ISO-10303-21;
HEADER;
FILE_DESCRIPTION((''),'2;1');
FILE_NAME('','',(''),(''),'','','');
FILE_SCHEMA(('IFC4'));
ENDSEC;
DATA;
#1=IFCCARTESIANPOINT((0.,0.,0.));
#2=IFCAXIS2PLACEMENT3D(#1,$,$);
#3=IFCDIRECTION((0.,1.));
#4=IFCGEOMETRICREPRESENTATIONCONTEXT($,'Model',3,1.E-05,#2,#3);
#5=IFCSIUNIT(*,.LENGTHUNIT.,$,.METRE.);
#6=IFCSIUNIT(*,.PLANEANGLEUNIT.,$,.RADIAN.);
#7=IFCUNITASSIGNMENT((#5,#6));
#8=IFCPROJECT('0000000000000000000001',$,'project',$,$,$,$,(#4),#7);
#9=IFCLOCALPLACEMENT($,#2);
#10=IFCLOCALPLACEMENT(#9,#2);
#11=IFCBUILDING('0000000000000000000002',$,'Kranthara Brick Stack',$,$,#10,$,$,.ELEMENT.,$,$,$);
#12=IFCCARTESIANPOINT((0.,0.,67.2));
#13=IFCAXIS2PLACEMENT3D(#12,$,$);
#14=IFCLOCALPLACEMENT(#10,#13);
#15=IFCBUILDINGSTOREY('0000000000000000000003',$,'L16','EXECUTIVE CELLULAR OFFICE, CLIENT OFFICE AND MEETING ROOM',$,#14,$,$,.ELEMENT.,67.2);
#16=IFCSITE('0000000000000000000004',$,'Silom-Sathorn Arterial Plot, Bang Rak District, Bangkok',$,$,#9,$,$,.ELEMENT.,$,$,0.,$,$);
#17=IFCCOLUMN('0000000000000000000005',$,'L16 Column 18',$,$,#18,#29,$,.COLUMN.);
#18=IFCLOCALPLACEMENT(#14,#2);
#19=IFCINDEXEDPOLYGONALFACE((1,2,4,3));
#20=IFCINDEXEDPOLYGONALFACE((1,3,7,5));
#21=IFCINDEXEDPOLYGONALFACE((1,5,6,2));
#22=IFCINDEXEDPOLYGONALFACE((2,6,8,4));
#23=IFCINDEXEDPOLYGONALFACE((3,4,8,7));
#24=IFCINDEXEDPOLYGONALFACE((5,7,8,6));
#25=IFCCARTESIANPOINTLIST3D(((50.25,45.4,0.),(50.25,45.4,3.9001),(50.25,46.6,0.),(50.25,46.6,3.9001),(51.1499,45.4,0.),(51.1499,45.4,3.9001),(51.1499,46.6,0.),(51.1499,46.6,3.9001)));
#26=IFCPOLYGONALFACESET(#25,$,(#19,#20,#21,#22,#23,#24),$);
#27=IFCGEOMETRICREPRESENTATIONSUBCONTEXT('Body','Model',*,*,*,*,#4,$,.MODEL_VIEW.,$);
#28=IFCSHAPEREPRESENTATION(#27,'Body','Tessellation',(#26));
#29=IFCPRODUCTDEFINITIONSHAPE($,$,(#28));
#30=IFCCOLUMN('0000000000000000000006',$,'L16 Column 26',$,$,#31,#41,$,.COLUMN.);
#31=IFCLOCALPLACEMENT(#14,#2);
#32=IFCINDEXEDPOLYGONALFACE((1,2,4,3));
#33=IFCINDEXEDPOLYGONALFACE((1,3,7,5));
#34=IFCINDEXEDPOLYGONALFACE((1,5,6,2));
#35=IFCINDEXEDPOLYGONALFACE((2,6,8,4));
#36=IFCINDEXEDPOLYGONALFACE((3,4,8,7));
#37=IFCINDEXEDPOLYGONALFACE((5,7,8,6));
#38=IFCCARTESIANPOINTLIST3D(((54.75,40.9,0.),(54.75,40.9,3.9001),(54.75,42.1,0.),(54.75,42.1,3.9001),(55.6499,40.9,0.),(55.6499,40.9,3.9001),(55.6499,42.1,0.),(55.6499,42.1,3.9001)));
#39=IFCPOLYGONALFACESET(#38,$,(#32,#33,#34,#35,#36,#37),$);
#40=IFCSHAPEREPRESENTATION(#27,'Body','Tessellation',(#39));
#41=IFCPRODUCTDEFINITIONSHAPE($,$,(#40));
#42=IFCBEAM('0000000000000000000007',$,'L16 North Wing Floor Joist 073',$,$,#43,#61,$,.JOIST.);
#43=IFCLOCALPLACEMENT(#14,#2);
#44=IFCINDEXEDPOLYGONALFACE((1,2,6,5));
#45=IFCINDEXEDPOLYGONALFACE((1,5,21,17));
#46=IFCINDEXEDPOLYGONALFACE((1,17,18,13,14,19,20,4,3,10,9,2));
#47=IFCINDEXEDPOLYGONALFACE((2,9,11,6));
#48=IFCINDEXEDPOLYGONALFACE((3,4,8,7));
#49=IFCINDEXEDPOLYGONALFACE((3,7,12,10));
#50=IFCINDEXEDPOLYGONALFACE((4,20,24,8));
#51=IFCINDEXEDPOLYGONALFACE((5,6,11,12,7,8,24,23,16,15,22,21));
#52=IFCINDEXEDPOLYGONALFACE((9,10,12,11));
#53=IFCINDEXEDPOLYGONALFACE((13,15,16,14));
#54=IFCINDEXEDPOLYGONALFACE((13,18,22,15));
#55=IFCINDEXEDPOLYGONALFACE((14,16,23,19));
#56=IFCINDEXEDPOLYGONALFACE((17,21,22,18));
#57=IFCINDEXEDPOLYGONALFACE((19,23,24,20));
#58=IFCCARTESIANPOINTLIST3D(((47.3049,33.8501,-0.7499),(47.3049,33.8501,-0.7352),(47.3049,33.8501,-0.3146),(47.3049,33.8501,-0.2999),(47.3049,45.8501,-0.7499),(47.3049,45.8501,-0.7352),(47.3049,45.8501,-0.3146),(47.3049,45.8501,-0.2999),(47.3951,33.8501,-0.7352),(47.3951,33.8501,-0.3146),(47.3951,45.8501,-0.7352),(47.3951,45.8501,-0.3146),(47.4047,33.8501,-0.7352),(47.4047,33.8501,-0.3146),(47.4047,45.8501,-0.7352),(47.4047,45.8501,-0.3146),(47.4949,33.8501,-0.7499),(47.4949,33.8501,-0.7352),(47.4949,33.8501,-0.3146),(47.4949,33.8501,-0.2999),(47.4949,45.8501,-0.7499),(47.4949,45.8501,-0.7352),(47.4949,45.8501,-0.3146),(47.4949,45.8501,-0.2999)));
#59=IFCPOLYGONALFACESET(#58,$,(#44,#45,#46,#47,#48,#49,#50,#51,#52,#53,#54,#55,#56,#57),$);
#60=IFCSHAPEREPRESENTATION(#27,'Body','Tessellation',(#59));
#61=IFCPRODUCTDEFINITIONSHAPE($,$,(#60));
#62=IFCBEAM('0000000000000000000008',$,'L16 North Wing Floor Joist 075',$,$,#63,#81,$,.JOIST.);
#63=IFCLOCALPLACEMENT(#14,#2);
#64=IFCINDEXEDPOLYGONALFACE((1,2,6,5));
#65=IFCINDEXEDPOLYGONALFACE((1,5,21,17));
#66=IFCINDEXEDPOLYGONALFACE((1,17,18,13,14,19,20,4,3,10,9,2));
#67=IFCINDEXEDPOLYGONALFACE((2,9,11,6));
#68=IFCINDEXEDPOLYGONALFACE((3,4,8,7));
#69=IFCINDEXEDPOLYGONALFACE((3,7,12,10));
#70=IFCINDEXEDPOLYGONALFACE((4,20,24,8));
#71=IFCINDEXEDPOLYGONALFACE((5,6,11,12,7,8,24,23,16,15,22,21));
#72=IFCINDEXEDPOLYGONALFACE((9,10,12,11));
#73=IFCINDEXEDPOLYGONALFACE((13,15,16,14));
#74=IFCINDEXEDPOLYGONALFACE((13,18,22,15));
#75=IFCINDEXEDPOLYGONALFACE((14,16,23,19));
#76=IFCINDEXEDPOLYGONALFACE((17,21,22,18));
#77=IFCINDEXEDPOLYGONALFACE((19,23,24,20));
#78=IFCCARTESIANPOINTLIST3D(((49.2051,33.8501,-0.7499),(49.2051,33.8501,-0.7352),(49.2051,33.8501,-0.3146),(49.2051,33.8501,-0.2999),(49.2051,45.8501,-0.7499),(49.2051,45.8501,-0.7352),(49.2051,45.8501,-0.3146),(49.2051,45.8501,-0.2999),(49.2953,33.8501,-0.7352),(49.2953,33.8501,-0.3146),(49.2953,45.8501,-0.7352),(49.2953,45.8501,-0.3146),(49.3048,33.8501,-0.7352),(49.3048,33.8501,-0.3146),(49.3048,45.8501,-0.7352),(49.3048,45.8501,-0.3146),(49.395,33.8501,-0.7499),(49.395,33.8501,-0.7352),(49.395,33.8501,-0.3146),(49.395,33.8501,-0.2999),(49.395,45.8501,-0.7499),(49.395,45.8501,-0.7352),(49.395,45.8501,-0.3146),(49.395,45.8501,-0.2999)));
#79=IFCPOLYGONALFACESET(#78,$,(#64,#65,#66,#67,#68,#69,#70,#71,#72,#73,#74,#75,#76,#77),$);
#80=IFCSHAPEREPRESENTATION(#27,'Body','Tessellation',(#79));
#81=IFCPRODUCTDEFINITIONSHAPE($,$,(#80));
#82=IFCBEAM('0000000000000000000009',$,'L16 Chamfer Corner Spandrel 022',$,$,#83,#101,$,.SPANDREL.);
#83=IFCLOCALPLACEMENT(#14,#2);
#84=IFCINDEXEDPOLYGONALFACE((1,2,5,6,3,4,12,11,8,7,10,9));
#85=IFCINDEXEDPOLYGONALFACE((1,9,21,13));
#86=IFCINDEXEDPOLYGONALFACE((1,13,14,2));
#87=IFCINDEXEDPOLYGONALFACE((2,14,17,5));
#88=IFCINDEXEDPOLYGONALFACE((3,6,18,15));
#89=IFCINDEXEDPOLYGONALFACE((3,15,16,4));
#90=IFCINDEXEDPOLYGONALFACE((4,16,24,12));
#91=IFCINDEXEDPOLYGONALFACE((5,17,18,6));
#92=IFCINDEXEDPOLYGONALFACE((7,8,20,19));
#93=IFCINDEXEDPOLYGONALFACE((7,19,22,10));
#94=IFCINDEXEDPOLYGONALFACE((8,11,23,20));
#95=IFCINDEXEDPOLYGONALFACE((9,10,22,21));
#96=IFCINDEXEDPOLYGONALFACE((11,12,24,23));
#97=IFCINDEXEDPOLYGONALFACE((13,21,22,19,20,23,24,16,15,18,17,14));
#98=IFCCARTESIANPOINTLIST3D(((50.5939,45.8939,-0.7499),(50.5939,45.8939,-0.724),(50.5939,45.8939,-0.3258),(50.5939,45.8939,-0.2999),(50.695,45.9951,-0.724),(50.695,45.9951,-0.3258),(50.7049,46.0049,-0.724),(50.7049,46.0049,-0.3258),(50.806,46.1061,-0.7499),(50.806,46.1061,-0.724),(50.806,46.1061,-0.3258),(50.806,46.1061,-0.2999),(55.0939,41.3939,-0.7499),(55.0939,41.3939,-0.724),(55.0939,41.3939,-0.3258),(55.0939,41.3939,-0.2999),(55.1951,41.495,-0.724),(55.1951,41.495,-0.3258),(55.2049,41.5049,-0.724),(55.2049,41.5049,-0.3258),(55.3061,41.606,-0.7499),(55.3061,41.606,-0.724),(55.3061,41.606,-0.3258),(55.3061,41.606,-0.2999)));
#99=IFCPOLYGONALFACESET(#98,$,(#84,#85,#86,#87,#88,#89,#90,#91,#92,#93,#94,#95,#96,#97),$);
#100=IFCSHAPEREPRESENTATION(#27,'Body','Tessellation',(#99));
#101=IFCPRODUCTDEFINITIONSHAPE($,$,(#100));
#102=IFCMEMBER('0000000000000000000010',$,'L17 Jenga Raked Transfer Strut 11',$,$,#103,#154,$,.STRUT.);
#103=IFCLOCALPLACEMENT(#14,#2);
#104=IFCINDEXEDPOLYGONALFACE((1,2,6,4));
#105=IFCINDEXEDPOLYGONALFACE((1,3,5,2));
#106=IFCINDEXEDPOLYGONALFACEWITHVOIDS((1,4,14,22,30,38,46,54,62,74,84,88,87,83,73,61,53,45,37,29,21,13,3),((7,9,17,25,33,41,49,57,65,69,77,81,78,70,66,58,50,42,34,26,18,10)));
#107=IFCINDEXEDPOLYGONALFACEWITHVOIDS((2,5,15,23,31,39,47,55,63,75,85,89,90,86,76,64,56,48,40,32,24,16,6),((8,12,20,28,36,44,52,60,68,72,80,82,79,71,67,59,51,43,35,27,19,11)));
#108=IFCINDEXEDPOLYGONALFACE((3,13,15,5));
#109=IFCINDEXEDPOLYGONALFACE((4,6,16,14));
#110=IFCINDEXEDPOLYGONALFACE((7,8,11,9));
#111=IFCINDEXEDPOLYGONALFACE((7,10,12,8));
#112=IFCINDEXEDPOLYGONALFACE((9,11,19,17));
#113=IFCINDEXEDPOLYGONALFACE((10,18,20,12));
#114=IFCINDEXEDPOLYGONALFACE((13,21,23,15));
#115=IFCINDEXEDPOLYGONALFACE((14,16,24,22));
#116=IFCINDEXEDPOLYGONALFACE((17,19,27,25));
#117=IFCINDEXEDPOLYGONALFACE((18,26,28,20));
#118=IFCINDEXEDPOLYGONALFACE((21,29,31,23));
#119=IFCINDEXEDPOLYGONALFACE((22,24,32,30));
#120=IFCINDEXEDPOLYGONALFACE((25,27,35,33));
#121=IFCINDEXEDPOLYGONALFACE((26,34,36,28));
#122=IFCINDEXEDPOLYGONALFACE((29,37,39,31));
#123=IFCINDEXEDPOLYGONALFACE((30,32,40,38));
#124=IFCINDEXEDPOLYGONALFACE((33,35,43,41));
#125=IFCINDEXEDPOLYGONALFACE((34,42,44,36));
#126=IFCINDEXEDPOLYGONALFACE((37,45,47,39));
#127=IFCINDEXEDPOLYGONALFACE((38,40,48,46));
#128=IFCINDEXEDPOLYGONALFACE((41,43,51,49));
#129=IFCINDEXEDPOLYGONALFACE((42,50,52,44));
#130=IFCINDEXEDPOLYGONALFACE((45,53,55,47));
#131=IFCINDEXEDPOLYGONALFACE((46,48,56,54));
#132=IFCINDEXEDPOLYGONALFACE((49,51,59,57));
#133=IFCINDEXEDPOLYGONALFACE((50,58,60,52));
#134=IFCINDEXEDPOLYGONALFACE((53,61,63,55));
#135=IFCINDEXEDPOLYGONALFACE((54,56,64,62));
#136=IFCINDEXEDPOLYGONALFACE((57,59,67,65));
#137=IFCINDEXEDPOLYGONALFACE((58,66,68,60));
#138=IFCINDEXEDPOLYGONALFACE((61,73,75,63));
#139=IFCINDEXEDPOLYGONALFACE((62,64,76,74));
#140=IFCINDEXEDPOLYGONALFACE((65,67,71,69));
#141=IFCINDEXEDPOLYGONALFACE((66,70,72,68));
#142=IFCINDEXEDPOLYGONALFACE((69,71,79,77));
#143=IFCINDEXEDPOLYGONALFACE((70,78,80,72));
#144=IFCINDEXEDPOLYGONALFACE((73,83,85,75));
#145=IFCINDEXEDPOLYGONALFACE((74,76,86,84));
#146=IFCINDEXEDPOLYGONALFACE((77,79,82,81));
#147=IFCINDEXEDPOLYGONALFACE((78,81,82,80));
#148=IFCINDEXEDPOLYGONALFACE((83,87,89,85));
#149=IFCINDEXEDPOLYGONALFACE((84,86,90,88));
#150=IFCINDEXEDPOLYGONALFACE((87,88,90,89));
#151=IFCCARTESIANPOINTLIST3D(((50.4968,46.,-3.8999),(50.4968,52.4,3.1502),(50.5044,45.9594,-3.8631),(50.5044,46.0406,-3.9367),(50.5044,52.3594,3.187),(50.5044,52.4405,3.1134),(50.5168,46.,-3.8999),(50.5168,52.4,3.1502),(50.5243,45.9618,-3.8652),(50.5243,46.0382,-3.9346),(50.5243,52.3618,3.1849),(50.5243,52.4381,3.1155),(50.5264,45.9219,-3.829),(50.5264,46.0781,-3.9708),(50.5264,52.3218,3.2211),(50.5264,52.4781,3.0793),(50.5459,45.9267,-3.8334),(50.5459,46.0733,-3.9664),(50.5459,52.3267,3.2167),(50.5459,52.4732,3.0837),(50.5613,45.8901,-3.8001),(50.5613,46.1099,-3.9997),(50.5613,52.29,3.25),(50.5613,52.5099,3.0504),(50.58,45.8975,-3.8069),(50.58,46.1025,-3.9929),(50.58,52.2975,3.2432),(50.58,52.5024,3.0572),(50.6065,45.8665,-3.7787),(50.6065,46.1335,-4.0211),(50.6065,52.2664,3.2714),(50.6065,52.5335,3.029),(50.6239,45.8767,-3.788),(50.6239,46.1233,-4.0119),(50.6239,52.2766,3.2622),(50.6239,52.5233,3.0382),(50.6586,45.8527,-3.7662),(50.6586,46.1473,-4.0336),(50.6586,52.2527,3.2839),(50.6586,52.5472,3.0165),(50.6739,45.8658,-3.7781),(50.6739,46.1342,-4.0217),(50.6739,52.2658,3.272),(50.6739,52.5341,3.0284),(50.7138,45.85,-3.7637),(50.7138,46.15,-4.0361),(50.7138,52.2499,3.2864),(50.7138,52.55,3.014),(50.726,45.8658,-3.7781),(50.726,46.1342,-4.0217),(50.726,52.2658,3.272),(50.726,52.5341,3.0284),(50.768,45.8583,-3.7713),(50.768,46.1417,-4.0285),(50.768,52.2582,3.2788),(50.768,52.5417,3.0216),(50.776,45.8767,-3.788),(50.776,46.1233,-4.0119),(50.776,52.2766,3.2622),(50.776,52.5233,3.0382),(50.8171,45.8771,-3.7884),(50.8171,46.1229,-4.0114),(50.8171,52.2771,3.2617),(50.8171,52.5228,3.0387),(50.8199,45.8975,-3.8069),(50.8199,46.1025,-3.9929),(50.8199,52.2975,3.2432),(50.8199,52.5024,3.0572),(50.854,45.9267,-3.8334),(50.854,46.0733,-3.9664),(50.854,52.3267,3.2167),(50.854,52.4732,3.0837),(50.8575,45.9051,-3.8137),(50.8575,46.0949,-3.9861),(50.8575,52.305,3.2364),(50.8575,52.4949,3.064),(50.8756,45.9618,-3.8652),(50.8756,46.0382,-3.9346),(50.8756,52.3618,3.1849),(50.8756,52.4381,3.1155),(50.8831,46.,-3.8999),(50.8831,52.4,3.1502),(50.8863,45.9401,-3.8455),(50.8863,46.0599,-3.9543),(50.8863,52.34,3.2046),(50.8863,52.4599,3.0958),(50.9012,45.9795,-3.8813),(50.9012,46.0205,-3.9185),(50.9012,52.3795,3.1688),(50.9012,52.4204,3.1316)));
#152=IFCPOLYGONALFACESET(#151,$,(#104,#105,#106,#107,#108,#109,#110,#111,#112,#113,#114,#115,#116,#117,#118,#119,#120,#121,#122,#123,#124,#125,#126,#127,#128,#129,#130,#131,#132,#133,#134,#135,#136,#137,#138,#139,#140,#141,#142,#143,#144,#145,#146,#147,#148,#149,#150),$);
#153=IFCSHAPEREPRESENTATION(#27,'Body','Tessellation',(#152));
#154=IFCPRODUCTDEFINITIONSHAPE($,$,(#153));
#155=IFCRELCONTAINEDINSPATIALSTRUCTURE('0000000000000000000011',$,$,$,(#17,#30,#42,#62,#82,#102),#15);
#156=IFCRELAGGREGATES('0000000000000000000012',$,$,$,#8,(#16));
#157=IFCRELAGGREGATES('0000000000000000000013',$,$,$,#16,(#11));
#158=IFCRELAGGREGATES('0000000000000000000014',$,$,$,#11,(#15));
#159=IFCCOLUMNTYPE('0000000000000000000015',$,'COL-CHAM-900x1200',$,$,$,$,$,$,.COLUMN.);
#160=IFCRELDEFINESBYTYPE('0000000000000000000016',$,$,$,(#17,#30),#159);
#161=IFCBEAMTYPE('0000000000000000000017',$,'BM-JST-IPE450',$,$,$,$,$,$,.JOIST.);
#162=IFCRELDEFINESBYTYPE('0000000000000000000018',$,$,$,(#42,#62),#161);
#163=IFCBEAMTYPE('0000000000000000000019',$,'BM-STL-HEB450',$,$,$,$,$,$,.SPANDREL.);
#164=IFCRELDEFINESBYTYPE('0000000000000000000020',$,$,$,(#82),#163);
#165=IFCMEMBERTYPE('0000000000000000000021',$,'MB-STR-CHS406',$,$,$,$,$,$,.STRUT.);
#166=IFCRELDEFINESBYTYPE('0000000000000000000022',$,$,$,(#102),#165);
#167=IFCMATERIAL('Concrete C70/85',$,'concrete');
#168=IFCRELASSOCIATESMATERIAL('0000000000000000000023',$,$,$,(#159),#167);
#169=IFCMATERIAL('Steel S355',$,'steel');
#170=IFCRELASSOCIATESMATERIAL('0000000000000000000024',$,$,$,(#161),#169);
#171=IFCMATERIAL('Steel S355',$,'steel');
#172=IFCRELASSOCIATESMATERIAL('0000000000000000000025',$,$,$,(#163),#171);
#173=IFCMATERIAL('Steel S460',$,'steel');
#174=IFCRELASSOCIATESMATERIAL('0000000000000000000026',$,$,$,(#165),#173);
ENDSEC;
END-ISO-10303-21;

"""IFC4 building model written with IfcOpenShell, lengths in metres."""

from ifc_helpers import new_model, si_unit, direction, frame, origin, origin_2d, place, context, subcontext, project, spatial, rectangle, hollow_circle, i_section, extrude, material, material_profile, profile_set, type_object, element, save


model = new_model("IFC4")

# Units and contexts
model_context = context("Model", 3, precision=1e-05, world=origin(), true_north=direction((0.0, 1.0)))
body_context = subcontext(model_context, "Body", "Model", "MODEL_VIEW")
ifc_project = project(units=[si_unit("LENGTHUNIT", "METRE"), si_unit("PLANEANGLEUNIT", "RADIAN")], contexts=[model_context])

# Site, building, storey
site_placement = place(None, origin())
site = spatial("IfcSite", under=ifc_project, at=site_placement, Name="Silom-Sathorn Arterial Plot, Bang Rak District, Bangkok", CompositionType="ELEMENT", RefElevation=0.0)
building_placement = place(site_placement, origin())
building = spatial("IfcBuilding", under=site, at=building_placement, Name="Kranthara Brick Stack", CompositionType="ELEMENT")
storey_placement = place(building_placement, frame((0.0, 0.0, 67.2)))
storey = spatial("IfcBuildingStorey", under=building, at=storey_placement, Name="L16", Description="EXECUTIVE CELLULAR OFFICE, CLIENT OFFICE AND MEETING ROOM", CompositionType="ELEMENT", Elevation=67.2)

# Columns
ifc_material_1 = material(Name="Concrete C70/85", Category="concrete")
ifc_material_profile_1 = material_profile(ifc_material_1, rectangle(XDim=0.8999, YDim=1.2, at=origin_2d()), Name="RC 900x1200")
ifc_profile_set_1 = profile_set([ifc_material_profile_1], Name="Concrete C70/85")
column_type = type_object("IfcColumnType", Name="COL-CHAM-900x1200", PredefinedType="COLUMN", material=ifc_profile_set_1)
for number, where, z_axis, x_axis, name in (
    (1, (50.7, 46.0, 0.0), (0.0, 0.0, 1.0), (1.0, 0.0, 0.0), "L16 Column 18"),
    (2, (55.2, 41.5, 0.0), (0.0, 0.0, 1.0), (1.0, 0.0, 0.0), "L16 Column 26"),
):
    element("IfcColumn", number, at=place(storey_placement, frame(where, z_axis=z_axis, x_axis=x_axis)), inside=storey, type_object=column_type, Name=name, PredefinedType="COLUMN", context=body_context, shape_type="SweptSolid", body=[
        extrude(rectangle(XDim=0.8999, YDim=1.2, at=origin_2d()), origin(), (0.0, 0.0, 1.0), 3.9001),
    ])

# Beams
ifc_material_2 = material(Name="Steel S355", Category="steel")
ifc_material_profile_2 = material_profile(ifc_material_2, i_section(OverallWidth=0.1899, OverallDepth=0.45, WebThickness=0.0095, FlangeThickness=0.0146, at=origin_2d()), Name="IPE 450")
ifc_profile_set_2 = profile_set([ifc_material_profile_2], Name="Steel S355")
beam_type_1 = type_object("IfcBeamType", Name="BM-JST-IPE450", PredefinedType="JOIST", material=ifc_profile_set_2)
for number, where, z_axis, x_axis, name in (
    (3, (47.3999, 33.8501, -0.5249), (0.0, 1.0, 0.0), (-1.0, 0.0, 0.0), "L16 North Wing Floor Joist 073"),
    (4, (49.3, 33.8501, -0.5249), (0.0, 1.0, 0.0), (-1.0, 0.0, 0.0), "L16 North Wing Floor Joist 075"),
):
    element("IfcBeam", number, at=place(storey_placement, frame(where, z_axis=z_axis, x_axis=x_axis)), inside=storey, type_object=beam_type_1, Name=name, PredefinedType="JOIST", context=body_context, shape_type="SweptSolid", body=[
        extrude(i_section(OverallWidth=0.1899, OverallDepth=0.45, WebThickness=0.0095, FlangeThickness=0.0146, at=origin_2d()), origin(), (0.0, 0.0, 1.0), 12.0),
    ])
ifc_material_3 = material(Name="Steel S355", Category="steel")
ifc_material_profile_3 = material_profile(ifc_material_3, i_section(OverallWidth=0.3, OverallDepth=0.45, WebThickness=0.0139, FlangeThickness=0.0259, at=origin_2d()), Name="HEB 450")
ifc_profile_set_3 = profile_set([ifc_material_profile_3], Name="Steel S355")
beam_type_2 = type_object("IfcBeamType", Name="BM-STL-HEB450", PredefinedType="SPANDREL", material=ifc_profile_set_3)
beam_placement = place(storey_placement, frame((50.7, 46.0, -0.5249), z_axis=(0.707107, -0.707107, 0.0), x_axis=(0.707107, 0.707107, 0.0)))
element("IfcBeam", 5, at=beam_placement, inside=storey, type_object=beam_type_2, Name="L16 Chamfer Corner Spandrel 022", PredefinedType="SPANDREL", context=body_context, shape_type="SweptSolid", body=[
    extrude(i_section(OverallWidth=0.3, OverallDepth=0.45, WebThickness=0.0139, FlangeThickness=0.0259, at=origin_2d()), origin(), (0.0, 0.0, 1.0), 6.364),
])

# Member
ifc_material_4 = material(Name="Steel S460", Category="steel")
ifc_material_profile_4 = material_profile(ifc_material_4, hollow_circle(Radius=0.2031, WallThickness=0.02, at=origin_2d()), Name="CHS 406.4x20")
ifc_profile_set_4 = profile_set([ifc_material_profile_4], Name="Steel S460")
member_type = type_object("IfcMemberType", Name="MB-STR-CHS406", PredefinedType="STRUT", material=ifc_profile_set_4)
member_1_placement = place(storey_placement, frame((50.7, 46.0, -3.8999), z_axis=(0.0, 0.672142, 0.740423), x_axis=(-1.0, 0.0, 0.0)))
element("IfcMember", 6, at=member_1_placement, inside=storey, type_object=member_type, Name="L17 Jenga Raked Transfer Strut 11", PredefinedType="STRUT", context=body_context, shape_type="SweptSolid", body=[
    extrude(hollow_circle(Radius=0.2031, WallThickness=0.02, at=origin_2d()), origin(), (0.0, 0.0, 1.0), 9.5217),
])

save(model, "model.ifc")
